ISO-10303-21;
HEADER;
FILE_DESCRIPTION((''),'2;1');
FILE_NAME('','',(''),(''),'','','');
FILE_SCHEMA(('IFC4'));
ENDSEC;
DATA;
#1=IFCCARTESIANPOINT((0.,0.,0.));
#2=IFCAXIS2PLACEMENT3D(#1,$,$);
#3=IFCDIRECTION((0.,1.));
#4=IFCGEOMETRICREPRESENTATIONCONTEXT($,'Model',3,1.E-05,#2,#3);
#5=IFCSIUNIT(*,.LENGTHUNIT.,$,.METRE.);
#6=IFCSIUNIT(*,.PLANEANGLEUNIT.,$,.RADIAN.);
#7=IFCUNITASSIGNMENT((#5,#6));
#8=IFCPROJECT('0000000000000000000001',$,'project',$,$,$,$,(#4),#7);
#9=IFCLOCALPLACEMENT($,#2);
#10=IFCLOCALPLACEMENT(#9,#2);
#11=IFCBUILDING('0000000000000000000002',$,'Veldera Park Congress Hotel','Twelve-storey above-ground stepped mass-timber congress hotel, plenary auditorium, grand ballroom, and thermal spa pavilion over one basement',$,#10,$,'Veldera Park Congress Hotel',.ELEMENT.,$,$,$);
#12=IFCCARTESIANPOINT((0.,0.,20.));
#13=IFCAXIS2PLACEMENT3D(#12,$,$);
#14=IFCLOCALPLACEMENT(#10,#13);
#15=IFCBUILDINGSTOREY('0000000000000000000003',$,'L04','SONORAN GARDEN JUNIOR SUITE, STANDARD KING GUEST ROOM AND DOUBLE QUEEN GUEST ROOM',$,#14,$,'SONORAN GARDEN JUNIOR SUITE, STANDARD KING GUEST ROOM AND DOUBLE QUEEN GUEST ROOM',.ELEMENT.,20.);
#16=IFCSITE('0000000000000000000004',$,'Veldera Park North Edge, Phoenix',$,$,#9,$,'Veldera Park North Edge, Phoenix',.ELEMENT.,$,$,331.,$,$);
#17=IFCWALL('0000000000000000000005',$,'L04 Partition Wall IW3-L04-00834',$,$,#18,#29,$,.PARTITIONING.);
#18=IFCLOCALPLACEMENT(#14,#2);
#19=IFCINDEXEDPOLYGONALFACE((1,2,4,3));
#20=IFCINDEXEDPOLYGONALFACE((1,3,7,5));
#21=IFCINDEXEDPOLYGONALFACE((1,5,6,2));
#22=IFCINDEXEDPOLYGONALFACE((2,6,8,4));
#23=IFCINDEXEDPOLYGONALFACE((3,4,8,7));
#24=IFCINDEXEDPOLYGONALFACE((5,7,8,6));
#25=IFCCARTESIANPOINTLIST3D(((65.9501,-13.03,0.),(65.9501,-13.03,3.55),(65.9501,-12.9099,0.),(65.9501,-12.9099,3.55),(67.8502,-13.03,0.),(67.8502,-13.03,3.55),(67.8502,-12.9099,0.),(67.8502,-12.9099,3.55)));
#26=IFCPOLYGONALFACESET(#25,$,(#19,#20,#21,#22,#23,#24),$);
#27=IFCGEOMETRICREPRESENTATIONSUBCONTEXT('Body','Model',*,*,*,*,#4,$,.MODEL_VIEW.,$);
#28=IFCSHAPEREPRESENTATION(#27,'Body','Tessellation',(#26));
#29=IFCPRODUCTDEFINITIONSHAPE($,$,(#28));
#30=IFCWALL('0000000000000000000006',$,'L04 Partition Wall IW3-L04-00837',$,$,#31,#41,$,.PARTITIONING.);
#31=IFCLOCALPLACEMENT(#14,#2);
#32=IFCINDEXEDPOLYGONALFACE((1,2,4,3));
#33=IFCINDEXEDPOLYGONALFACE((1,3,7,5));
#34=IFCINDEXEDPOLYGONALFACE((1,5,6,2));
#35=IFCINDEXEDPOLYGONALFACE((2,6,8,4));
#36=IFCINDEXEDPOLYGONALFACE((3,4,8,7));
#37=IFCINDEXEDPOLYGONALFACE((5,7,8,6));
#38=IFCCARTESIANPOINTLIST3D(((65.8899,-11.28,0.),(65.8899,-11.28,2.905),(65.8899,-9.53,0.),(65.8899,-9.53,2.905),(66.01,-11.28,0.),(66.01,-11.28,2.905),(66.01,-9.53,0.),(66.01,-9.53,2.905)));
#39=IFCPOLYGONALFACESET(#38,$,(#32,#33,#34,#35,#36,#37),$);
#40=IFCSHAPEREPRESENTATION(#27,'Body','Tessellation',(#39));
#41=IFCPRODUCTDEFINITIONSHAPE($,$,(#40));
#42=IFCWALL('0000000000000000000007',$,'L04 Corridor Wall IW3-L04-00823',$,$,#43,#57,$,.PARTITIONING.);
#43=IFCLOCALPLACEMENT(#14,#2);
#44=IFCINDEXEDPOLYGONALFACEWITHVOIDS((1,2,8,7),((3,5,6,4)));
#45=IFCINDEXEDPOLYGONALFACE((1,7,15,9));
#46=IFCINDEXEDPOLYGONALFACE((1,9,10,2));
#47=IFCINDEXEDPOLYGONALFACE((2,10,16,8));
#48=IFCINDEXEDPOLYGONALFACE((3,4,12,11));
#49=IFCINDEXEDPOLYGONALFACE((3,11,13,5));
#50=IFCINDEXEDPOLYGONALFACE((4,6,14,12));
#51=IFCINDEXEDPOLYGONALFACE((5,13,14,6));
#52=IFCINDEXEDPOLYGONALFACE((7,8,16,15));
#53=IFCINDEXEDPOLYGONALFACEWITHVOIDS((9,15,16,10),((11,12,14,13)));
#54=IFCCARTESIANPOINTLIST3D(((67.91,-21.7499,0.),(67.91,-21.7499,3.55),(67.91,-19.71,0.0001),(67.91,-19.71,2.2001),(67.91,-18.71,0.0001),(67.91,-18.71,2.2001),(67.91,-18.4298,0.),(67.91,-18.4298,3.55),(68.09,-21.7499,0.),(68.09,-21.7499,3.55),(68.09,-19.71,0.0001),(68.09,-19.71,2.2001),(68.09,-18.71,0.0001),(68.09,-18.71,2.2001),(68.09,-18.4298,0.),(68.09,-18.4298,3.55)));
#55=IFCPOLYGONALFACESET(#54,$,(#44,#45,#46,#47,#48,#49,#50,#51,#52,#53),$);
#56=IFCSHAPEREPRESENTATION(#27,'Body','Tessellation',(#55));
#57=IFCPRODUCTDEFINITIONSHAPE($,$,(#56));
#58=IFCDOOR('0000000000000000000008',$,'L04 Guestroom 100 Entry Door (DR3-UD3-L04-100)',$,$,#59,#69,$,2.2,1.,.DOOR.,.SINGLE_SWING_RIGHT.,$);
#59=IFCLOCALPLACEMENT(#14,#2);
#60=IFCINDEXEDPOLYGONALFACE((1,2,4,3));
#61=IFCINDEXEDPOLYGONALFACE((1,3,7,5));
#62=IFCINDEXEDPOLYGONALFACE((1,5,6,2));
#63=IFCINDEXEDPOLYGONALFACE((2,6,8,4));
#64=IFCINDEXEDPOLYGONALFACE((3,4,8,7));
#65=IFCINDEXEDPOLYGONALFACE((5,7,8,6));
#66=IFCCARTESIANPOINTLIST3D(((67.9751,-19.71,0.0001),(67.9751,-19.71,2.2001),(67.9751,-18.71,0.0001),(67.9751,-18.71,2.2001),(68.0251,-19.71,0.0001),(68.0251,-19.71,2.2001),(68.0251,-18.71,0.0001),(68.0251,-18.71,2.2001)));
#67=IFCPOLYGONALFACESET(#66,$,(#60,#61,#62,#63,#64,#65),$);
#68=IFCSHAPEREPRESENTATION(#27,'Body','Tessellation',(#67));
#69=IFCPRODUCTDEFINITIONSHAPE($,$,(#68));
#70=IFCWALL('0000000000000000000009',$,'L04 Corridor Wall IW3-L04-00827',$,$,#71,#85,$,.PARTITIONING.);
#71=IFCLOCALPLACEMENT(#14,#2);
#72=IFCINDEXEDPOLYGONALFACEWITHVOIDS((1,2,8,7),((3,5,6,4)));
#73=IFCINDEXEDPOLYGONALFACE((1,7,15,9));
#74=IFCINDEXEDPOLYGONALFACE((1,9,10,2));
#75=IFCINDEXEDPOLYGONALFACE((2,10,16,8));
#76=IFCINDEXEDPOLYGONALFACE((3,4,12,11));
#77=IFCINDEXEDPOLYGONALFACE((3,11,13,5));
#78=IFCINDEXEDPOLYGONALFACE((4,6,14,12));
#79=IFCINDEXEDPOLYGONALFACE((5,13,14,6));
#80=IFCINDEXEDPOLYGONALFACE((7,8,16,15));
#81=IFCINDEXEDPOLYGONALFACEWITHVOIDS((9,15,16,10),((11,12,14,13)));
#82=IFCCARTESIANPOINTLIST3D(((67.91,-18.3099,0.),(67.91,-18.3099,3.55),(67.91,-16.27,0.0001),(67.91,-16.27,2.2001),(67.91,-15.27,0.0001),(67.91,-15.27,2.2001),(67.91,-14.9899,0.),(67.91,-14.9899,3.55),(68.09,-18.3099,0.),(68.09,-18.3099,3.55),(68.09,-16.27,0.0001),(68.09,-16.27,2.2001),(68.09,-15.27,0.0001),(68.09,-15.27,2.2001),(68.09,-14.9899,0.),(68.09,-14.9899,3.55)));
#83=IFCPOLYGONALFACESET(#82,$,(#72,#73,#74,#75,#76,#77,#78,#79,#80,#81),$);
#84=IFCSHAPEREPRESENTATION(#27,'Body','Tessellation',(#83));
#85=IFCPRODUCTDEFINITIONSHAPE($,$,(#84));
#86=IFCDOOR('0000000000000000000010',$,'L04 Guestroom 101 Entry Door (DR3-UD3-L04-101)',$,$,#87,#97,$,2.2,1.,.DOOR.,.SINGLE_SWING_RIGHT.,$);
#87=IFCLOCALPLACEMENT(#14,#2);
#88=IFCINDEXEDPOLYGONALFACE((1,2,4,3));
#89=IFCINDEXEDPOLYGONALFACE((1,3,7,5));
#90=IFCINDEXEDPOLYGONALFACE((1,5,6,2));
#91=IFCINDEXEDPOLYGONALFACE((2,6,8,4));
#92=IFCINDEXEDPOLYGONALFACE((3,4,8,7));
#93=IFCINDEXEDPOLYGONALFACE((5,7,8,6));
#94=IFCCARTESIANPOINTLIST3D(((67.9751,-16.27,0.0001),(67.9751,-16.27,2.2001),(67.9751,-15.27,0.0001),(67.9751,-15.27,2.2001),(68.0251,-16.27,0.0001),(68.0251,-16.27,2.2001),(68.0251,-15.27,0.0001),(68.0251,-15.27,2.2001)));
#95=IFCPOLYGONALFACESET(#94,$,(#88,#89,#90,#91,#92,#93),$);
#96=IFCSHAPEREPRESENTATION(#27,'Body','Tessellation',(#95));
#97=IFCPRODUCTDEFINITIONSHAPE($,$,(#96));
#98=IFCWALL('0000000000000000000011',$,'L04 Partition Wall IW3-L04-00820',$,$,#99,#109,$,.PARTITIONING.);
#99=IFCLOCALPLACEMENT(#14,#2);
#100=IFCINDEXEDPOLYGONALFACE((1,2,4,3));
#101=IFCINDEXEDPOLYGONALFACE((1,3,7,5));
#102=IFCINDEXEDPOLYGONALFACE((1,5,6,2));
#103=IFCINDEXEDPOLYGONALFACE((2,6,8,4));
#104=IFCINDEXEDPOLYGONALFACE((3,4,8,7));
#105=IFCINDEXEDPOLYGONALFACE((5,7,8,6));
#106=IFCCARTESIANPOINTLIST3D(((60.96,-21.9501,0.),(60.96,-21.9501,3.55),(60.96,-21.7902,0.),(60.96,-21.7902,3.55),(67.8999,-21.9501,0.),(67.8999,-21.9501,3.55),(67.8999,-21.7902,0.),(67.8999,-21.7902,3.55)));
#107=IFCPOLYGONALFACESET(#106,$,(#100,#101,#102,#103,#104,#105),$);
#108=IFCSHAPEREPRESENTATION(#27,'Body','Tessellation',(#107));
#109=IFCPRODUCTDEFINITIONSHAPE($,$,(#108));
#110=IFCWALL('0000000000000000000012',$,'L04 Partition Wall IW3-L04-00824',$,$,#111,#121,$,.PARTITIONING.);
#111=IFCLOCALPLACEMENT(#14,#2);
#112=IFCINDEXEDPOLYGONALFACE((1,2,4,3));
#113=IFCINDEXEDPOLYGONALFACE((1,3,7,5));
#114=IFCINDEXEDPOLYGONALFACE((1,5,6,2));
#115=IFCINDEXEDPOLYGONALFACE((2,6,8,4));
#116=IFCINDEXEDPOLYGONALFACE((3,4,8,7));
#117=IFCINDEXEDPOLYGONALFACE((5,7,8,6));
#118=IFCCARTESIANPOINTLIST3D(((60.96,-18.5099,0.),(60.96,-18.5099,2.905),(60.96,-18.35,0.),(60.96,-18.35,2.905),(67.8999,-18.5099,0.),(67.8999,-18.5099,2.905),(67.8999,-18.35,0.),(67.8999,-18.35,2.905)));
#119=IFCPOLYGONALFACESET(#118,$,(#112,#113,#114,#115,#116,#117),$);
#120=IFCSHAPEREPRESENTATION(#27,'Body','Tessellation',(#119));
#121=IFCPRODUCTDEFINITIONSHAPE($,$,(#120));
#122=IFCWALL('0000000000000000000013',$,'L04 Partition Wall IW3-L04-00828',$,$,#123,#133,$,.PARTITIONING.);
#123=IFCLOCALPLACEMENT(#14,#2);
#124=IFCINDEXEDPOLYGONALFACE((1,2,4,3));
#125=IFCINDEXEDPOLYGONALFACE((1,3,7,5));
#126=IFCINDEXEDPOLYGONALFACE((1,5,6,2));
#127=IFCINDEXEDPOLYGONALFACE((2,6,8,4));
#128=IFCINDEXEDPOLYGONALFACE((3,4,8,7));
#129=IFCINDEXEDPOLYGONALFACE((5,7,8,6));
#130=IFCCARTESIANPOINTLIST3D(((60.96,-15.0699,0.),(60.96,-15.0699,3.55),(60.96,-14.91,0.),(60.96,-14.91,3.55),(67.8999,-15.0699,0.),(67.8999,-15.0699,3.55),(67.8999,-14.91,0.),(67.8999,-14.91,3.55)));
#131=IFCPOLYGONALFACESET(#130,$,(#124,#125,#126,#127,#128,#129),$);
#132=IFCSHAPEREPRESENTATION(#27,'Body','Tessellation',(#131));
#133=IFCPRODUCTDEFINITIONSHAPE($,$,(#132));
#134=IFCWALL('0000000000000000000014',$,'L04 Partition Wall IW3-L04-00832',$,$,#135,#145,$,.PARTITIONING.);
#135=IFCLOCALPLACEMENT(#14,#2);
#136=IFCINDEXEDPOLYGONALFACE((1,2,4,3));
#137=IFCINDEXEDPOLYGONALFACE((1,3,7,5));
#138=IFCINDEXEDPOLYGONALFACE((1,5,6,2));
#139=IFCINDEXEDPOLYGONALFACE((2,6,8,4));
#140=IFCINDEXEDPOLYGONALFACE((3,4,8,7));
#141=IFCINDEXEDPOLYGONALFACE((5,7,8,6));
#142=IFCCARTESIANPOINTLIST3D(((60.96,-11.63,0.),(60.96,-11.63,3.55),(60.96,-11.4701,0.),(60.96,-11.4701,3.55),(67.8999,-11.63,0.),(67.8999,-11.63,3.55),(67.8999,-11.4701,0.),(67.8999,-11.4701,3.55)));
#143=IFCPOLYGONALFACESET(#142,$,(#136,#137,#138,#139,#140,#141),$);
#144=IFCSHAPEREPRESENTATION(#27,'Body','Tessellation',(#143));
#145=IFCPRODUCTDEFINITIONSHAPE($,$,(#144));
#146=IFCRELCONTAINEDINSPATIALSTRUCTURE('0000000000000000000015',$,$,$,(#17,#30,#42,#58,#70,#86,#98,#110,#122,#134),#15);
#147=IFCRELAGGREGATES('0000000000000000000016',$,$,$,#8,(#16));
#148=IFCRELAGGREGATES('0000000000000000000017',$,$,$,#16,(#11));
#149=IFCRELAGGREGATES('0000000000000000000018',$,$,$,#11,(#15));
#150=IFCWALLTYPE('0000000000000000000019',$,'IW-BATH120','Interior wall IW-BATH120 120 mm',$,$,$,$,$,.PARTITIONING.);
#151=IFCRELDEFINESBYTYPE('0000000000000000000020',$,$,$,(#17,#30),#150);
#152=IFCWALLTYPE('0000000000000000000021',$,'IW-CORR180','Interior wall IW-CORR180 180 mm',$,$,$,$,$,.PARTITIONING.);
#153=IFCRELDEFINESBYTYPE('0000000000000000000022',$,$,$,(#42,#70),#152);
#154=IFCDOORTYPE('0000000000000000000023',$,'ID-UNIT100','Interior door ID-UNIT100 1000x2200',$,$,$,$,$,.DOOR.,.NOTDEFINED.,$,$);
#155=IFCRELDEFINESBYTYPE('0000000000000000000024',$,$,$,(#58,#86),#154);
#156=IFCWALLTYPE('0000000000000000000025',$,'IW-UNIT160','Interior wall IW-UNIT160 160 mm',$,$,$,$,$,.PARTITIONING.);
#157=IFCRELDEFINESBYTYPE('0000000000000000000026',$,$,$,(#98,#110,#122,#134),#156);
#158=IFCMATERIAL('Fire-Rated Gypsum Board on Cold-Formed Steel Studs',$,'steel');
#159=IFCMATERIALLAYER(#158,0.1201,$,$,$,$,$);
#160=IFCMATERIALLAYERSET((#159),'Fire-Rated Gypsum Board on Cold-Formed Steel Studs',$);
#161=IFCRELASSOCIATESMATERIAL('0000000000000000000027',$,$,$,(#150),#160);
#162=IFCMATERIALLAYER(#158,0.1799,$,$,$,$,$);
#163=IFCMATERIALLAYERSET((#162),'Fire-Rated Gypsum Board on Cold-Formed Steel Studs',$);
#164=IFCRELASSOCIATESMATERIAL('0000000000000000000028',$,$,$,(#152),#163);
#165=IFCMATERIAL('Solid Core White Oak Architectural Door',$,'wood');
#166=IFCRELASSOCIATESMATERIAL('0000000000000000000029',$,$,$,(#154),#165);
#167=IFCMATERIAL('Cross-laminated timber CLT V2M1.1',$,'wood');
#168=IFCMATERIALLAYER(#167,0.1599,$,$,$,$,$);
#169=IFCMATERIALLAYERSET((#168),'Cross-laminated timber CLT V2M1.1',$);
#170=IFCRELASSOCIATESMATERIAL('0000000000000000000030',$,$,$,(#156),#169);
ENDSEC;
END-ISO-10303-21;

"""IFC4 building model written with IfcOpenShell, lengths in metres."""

from ifc_helpers import new_model, si_unit, direction, frame, frame_2d, origin, place, context, subcontext, project, spatial, rectangle, extrude, material, layer, layer_set, type_object, element, fill, save


model = new_model("IFC4")

# Units and contexts
model_context = context("Model", 3, precision=1e-05, world=origin(), true_north=direction((0.0, 1.0)))
body_context = subcontext(model_context, "Body", "Model", "MODEL_VIEW")
ifc_project = project(units=[si_unit("LENGTHUNIT", "METRE"), si_unit("PLANEANGLEUNIT", "RADIAN")], contexts=[model_context])

# Site, building, storey
site_placement = place(None, origin())
site = spatial("IfcSite", under=ifc_project, at=site_placement, Name="Veldera Park North Edge, Phoenix", LongName="Veldera Park North Edge, Phoenix", CompositionType="ELEMENT", RefElevation=331.0)
building_placement = place(site_placement, origin())
building = spatial("IfcBuilding", under=site, at=building_placement, Name="Veldera Park Congress Hotel", Description="Twelve-storey above-ground stepped mass-timber congress hotel, plenary auditorium, grand ballroom, and thermal spa pavilion over one basement", LongName="Veldera Park Congress Hotel", CompositionType="ELEMENT")
storey_placement = place(building_placement, frame((0.0, 0.0, 20.0)))
storey = spatial("IfcBuildingStorey", under=building, at=storey_placement, Name="L04", Description="SONORAN GARDEN JUNIOR SUITE, STANDARD KING GUEST ROOM AND DOUBLE QUEEN GUEST ROOM", LongName="SONORAN GARDEN JUNIOR SUITE, STANDARD KING GUEST ROOM AND DOUBLE QUEEN GUEST ROOM", CompositionType="ELEMENT", Elevation=20.0)

# Shared definitions
ifc_material_1 = material(Name="Cross-laminated timber CLT V2M1.1", Category="wood")

# Shared definitions
ifc_material_2 = material(Name="Fire-Rated Gypsum Board on Cold-Formed Steel Studs", Category="steel")
ifc_layer_1 = layer(ifc_material_2, 0.1201)
ifc_layer_set_1 = layer_set([ifc_layer_1], Name="Fire-Rated Gypsum Board on Cold-Formed Steel Studs")
wall_type_1 = type_object("IfcWallType", Name="IW-BATH120", Description="Interior wall IW-BATH120 120 mm", PredefinedType="PARTITIONING", material=ifc_layer_set_1)

# Shared definitions
ifc_material_3 = material(Name="Solid Core White Oak Architectural Door", Category="wood")

# Walls
wall_1_placement = place(storey_placement, frame((65.95, -12.97, 0.0), z_axis=(0.0, 0.0, 1.0), x_axis=(1.0, 0.0, 0.0)))
element("IfcWall", 1, at=wall_1_placement, inside=storey, type_object=wall_type_1, Name="L04 Partition Wall IW3-L04-00834", PredefinedType="PARTITIONING", context=body_context, shape_type="SweptSolid", body=[
    extrude(rectangle(XDim=1.9001, YDim=0.1201, at=frame_2d((0.9502, 0.0))), origin(), (0.0, 0.0, 1.0), 3.55),
])
wall_2_placement = place(storey_placement, frame((65.95, -11.28, 0.0), z_axis=(0.0, 0.0, 1.0), x_axis=(0.0, 1.0, 0.0)))
element("IfcWall", 2, at=wall_2_placement, inside=storey, type_object=wall_type_1, Name="L04 Partition Wall IW3-L04-00837", PredefinedType="PARTITIONING", context=body_context, shape_type="SweptSolid", body=[
    extrude(rectangle(XDim=1.75, YDim=0.1201, at=frame_2d((0.875, 0.0))), origin(), (0.0, 0.0, 1.0), 2.905),
])

# Walls, openings, doors
ifc_layer_2 = layer(ifc_material_2, 0.1799)
ifc_layer_set_2 = layer_set([ifc_layer_2], Name="Fire-Rated Gypsum Board on Cold-Formed Steel Studs")
wall_type_2 = type_object("IfcWallType", Name="IW-CORR180", Description="Interior wall IW-CORR180 180 mm", PredefinedType="PARTITIONING", material=ifc_layer_set_2)
wall_3_placement = place(storey_placement, frame((68.0, -21.75, 0.0), z_axis=(0.0, 0.0, 1.0), x_axis=(0.0, 1.0, 0.0)))
wall_3 = element("IfcWall", 3, at=wall_3_placement, inside=storey, type_object=wall_type_2, Name="L04 Corridor Wall IW3-L04-00823", PredefinedType="PARTITIONING", context=body_context, shape_type="SweptSolid", body=[
    extrude(rectangle(XDim=3.3201, YDim=0.1799, at=frame_2d((1.6602, 0.0))), origin(), (0.0, 0.0, 1.0), 3.55),
])
opening_1_placement = place(wall_3_placement, frame((2.04, 0.0, 0.0)))
opening_1 = element("IfcOpeningElement", 4, at=opening_1_placement, cuts=wall_3, PredefinedType="OPENING", context=body_context, shape_type="SweptSolid", body=[
    extrude(rectangle(XDim=1.0, YDim=2.2, at=frame_2d((0.5, 1.1001))), frame((0.0, 0.1021, 0.0), z_axis=(0.0, -1.0, 0.0), x_axis=(1.0, 0.0, 0.0)), (0.0, 0.0, 1.0), 0.2039),
])
door_type_1 = type_object("IfcDoorType", Name="ID-UNIT100", Description="Interior door ID-UNIT100 1000x2200", OperationType="NOTDEFINED", PredefinedType="DOOR", material=ifc_material_3)
door_1_placement = place(opening_1_placement, origin())
door_1 = element("IfcDoor", 5, at=door_1_placement, inside=storey, type_object=door_type_1, Name="L04 Guestroom 100 Entry Door (DR3-UD3-L04-100)", OperationType="SINGLE_SWING_RIGHT", OverallHeight=2.2, OverallWidth=1.0, PredefinedType="DOOR", context=body_context, shape_type="SweptSolid", body=[
    extrude(rectangle(XDim=1.0, YDim=2.2, at=frame_2d((0.5, 1.1001))), frame((0.0, 0.0249, 0.0), z_axis=(0.0, -1.0, 0.0), x_axis=(1.0, 0.0, 0.0)), (0.0, 0.0, 1.0), 0.05),
])
fill(opening_1, door_1)
wall_4_placement = place(storey_placement, frame((68.0, -18.3101, 0.0), z_axis=(0.0, 0.0, 1.0), x_axis=(0.0, 1.0, 0.0)))
wall_4 = element("IfcWall", 6, at=wall_4_placement, inside=storey, type_object=wall_type_2, Name="L04 Corridor Wall IW3-L04-00827", PredefinedType="PARTITIONING", context=body_context, shape_type="SweptSolid", body=[
    extrude(rectangle(XDim=3.3201, YDim=0.1799, at=frame_2d((1.6602, 0.0))), origin(), (0.0, 0.0, 1.0), 3.55),
])
opening_2_placement = place(wall_4_placement, frame((2.04, 0.0, 0.0)))
opening_2 = element("IfcOpeningElement", 7, at=opening_2_placement, cuts=wall_4, PredefinedType="OPENING", context=body_context, shape_type="SweptSolid", body=[
    extrude(rectangle(XDim=1.0, YDim=2.2, at=frame_2d((0.5, 1.1001))), frame((0.0, 0.1021, 0.0), z_axis=(0.0, -1.0, 0.0), x_axis=(1.0, 0.0, 0.0)), (0.0, 0.0, 1.0), 0.2039),
])
door_2_placement = place(opening_2_placement, origin())
door_2 = element("IfcDoor", 8, at=door_2_placement, inside=storey, type_object=door_type_1, Name="L04 Guestroom 101 Entry Door (DR3-UD3-L04-101)", OperationType="SINGLE_SWING_RIGHT", OverallHeight=2.2, OverallWidth=1.0, PredefinedType="DOOR", context=body_context, shape_type="SweptSolid", body=[
    extrude(rectangle(XDim=1.0, YDim=2.2, at=frame_2d((0.5, 1.1001))), frame((0.0, 0.0249, 0.0), z_axis=(0.0, -1.0, 0.0), x_axis=(1.0, 0.0, 0.0)), (0.0, 0.0, 1.0), 0.05),
])
fill(opening_2, door_2)

# Walls
ifc_layer_3 = layer(ifc_material_1, 0.1599)
ifc_layer_set_3 = layer_set([ifc_layer_3], Name="Cross-laminated timber CLT V2M1.1")
wall_type_3 = type_object("IfcWallType", Name="IW-UNIT160", Description="Interior wall IW-UNIT160 160 mm", PredefinedType="PARTITIONING", material=ifc_layer_set_3)
wall_5_placement = place(storey_placement, frame((60.96, -21.8701, 0.0), z_axis=(0.0, 0.0, 1.0), x_axis=(1.0, 0.0, 0.0)))
element("IfcWall", 9, at=wall_5_placement, inside=storey, type_object=wall_type_3, Name="L04 Partition Wall IW3-L04-00820", PredefinedType="PARTITIONING", context=body_context, shape_type="SweptSolid", body=[
    extrude(rectangle(XDim=6.9399, YDim=0.1599, at=frame_2d((3.47, 0.0))), origin(), (0.0, 0.0, 1.0), 3.55),
])
wall_6_placement = place(storey_placement, frame((60.96, -18.4299, 0.0), z_axis=(0.0, 0.0, 1.0), x_axis=(1.0, 0.0, 0.0)))
element("IfcWall", 10, at=wall_6_placement, inside=storey, type_object=wall_type_3, Name="L04 Partition Wall IW3-L04-00824", PredefinedType="PARTITIONING", context=body_context, shape_type="SweptSolid", body=[
    extrude(rectangle(XDim=6.9399, YDim=0.1599, at=frame_2d((3.47, 0.0))), origin(), (0.0, 0.0, 1.0), 2.905),
])
for number, where, z_axis, x_axis, name in (
    (11, (60.96, -14.99, 0.0), (0.0, 0.0, 1.0), (1.0, 0.0, 0.0), "L04 Partition Wall IW3-L04-00828"),
    (12, (60.96, -11.55, 0.0), (0.0, 0.0, 1.0), (1.0, 0.0, 0.0), "L04 Partition Wall IW3-L04-00832"),
):
    element("IfcWall", number, at=place(storey_placement, frame(where, z_axis=z_axis, x_axis=x_axis)), inside=storey, type_object=wall_type_3, Name=name, PredefinedType="PARTITIONING", context=body_context, shape_type="SweptSolid", body=[
        extrude(rectangle(XDim=6.9399, YDim=0.1599, at=frame_2d((3.47, 0.0))), origin(), (0.0, 0.0, 1.0), 3.55),
    ])

save(model, "model.ifc")
